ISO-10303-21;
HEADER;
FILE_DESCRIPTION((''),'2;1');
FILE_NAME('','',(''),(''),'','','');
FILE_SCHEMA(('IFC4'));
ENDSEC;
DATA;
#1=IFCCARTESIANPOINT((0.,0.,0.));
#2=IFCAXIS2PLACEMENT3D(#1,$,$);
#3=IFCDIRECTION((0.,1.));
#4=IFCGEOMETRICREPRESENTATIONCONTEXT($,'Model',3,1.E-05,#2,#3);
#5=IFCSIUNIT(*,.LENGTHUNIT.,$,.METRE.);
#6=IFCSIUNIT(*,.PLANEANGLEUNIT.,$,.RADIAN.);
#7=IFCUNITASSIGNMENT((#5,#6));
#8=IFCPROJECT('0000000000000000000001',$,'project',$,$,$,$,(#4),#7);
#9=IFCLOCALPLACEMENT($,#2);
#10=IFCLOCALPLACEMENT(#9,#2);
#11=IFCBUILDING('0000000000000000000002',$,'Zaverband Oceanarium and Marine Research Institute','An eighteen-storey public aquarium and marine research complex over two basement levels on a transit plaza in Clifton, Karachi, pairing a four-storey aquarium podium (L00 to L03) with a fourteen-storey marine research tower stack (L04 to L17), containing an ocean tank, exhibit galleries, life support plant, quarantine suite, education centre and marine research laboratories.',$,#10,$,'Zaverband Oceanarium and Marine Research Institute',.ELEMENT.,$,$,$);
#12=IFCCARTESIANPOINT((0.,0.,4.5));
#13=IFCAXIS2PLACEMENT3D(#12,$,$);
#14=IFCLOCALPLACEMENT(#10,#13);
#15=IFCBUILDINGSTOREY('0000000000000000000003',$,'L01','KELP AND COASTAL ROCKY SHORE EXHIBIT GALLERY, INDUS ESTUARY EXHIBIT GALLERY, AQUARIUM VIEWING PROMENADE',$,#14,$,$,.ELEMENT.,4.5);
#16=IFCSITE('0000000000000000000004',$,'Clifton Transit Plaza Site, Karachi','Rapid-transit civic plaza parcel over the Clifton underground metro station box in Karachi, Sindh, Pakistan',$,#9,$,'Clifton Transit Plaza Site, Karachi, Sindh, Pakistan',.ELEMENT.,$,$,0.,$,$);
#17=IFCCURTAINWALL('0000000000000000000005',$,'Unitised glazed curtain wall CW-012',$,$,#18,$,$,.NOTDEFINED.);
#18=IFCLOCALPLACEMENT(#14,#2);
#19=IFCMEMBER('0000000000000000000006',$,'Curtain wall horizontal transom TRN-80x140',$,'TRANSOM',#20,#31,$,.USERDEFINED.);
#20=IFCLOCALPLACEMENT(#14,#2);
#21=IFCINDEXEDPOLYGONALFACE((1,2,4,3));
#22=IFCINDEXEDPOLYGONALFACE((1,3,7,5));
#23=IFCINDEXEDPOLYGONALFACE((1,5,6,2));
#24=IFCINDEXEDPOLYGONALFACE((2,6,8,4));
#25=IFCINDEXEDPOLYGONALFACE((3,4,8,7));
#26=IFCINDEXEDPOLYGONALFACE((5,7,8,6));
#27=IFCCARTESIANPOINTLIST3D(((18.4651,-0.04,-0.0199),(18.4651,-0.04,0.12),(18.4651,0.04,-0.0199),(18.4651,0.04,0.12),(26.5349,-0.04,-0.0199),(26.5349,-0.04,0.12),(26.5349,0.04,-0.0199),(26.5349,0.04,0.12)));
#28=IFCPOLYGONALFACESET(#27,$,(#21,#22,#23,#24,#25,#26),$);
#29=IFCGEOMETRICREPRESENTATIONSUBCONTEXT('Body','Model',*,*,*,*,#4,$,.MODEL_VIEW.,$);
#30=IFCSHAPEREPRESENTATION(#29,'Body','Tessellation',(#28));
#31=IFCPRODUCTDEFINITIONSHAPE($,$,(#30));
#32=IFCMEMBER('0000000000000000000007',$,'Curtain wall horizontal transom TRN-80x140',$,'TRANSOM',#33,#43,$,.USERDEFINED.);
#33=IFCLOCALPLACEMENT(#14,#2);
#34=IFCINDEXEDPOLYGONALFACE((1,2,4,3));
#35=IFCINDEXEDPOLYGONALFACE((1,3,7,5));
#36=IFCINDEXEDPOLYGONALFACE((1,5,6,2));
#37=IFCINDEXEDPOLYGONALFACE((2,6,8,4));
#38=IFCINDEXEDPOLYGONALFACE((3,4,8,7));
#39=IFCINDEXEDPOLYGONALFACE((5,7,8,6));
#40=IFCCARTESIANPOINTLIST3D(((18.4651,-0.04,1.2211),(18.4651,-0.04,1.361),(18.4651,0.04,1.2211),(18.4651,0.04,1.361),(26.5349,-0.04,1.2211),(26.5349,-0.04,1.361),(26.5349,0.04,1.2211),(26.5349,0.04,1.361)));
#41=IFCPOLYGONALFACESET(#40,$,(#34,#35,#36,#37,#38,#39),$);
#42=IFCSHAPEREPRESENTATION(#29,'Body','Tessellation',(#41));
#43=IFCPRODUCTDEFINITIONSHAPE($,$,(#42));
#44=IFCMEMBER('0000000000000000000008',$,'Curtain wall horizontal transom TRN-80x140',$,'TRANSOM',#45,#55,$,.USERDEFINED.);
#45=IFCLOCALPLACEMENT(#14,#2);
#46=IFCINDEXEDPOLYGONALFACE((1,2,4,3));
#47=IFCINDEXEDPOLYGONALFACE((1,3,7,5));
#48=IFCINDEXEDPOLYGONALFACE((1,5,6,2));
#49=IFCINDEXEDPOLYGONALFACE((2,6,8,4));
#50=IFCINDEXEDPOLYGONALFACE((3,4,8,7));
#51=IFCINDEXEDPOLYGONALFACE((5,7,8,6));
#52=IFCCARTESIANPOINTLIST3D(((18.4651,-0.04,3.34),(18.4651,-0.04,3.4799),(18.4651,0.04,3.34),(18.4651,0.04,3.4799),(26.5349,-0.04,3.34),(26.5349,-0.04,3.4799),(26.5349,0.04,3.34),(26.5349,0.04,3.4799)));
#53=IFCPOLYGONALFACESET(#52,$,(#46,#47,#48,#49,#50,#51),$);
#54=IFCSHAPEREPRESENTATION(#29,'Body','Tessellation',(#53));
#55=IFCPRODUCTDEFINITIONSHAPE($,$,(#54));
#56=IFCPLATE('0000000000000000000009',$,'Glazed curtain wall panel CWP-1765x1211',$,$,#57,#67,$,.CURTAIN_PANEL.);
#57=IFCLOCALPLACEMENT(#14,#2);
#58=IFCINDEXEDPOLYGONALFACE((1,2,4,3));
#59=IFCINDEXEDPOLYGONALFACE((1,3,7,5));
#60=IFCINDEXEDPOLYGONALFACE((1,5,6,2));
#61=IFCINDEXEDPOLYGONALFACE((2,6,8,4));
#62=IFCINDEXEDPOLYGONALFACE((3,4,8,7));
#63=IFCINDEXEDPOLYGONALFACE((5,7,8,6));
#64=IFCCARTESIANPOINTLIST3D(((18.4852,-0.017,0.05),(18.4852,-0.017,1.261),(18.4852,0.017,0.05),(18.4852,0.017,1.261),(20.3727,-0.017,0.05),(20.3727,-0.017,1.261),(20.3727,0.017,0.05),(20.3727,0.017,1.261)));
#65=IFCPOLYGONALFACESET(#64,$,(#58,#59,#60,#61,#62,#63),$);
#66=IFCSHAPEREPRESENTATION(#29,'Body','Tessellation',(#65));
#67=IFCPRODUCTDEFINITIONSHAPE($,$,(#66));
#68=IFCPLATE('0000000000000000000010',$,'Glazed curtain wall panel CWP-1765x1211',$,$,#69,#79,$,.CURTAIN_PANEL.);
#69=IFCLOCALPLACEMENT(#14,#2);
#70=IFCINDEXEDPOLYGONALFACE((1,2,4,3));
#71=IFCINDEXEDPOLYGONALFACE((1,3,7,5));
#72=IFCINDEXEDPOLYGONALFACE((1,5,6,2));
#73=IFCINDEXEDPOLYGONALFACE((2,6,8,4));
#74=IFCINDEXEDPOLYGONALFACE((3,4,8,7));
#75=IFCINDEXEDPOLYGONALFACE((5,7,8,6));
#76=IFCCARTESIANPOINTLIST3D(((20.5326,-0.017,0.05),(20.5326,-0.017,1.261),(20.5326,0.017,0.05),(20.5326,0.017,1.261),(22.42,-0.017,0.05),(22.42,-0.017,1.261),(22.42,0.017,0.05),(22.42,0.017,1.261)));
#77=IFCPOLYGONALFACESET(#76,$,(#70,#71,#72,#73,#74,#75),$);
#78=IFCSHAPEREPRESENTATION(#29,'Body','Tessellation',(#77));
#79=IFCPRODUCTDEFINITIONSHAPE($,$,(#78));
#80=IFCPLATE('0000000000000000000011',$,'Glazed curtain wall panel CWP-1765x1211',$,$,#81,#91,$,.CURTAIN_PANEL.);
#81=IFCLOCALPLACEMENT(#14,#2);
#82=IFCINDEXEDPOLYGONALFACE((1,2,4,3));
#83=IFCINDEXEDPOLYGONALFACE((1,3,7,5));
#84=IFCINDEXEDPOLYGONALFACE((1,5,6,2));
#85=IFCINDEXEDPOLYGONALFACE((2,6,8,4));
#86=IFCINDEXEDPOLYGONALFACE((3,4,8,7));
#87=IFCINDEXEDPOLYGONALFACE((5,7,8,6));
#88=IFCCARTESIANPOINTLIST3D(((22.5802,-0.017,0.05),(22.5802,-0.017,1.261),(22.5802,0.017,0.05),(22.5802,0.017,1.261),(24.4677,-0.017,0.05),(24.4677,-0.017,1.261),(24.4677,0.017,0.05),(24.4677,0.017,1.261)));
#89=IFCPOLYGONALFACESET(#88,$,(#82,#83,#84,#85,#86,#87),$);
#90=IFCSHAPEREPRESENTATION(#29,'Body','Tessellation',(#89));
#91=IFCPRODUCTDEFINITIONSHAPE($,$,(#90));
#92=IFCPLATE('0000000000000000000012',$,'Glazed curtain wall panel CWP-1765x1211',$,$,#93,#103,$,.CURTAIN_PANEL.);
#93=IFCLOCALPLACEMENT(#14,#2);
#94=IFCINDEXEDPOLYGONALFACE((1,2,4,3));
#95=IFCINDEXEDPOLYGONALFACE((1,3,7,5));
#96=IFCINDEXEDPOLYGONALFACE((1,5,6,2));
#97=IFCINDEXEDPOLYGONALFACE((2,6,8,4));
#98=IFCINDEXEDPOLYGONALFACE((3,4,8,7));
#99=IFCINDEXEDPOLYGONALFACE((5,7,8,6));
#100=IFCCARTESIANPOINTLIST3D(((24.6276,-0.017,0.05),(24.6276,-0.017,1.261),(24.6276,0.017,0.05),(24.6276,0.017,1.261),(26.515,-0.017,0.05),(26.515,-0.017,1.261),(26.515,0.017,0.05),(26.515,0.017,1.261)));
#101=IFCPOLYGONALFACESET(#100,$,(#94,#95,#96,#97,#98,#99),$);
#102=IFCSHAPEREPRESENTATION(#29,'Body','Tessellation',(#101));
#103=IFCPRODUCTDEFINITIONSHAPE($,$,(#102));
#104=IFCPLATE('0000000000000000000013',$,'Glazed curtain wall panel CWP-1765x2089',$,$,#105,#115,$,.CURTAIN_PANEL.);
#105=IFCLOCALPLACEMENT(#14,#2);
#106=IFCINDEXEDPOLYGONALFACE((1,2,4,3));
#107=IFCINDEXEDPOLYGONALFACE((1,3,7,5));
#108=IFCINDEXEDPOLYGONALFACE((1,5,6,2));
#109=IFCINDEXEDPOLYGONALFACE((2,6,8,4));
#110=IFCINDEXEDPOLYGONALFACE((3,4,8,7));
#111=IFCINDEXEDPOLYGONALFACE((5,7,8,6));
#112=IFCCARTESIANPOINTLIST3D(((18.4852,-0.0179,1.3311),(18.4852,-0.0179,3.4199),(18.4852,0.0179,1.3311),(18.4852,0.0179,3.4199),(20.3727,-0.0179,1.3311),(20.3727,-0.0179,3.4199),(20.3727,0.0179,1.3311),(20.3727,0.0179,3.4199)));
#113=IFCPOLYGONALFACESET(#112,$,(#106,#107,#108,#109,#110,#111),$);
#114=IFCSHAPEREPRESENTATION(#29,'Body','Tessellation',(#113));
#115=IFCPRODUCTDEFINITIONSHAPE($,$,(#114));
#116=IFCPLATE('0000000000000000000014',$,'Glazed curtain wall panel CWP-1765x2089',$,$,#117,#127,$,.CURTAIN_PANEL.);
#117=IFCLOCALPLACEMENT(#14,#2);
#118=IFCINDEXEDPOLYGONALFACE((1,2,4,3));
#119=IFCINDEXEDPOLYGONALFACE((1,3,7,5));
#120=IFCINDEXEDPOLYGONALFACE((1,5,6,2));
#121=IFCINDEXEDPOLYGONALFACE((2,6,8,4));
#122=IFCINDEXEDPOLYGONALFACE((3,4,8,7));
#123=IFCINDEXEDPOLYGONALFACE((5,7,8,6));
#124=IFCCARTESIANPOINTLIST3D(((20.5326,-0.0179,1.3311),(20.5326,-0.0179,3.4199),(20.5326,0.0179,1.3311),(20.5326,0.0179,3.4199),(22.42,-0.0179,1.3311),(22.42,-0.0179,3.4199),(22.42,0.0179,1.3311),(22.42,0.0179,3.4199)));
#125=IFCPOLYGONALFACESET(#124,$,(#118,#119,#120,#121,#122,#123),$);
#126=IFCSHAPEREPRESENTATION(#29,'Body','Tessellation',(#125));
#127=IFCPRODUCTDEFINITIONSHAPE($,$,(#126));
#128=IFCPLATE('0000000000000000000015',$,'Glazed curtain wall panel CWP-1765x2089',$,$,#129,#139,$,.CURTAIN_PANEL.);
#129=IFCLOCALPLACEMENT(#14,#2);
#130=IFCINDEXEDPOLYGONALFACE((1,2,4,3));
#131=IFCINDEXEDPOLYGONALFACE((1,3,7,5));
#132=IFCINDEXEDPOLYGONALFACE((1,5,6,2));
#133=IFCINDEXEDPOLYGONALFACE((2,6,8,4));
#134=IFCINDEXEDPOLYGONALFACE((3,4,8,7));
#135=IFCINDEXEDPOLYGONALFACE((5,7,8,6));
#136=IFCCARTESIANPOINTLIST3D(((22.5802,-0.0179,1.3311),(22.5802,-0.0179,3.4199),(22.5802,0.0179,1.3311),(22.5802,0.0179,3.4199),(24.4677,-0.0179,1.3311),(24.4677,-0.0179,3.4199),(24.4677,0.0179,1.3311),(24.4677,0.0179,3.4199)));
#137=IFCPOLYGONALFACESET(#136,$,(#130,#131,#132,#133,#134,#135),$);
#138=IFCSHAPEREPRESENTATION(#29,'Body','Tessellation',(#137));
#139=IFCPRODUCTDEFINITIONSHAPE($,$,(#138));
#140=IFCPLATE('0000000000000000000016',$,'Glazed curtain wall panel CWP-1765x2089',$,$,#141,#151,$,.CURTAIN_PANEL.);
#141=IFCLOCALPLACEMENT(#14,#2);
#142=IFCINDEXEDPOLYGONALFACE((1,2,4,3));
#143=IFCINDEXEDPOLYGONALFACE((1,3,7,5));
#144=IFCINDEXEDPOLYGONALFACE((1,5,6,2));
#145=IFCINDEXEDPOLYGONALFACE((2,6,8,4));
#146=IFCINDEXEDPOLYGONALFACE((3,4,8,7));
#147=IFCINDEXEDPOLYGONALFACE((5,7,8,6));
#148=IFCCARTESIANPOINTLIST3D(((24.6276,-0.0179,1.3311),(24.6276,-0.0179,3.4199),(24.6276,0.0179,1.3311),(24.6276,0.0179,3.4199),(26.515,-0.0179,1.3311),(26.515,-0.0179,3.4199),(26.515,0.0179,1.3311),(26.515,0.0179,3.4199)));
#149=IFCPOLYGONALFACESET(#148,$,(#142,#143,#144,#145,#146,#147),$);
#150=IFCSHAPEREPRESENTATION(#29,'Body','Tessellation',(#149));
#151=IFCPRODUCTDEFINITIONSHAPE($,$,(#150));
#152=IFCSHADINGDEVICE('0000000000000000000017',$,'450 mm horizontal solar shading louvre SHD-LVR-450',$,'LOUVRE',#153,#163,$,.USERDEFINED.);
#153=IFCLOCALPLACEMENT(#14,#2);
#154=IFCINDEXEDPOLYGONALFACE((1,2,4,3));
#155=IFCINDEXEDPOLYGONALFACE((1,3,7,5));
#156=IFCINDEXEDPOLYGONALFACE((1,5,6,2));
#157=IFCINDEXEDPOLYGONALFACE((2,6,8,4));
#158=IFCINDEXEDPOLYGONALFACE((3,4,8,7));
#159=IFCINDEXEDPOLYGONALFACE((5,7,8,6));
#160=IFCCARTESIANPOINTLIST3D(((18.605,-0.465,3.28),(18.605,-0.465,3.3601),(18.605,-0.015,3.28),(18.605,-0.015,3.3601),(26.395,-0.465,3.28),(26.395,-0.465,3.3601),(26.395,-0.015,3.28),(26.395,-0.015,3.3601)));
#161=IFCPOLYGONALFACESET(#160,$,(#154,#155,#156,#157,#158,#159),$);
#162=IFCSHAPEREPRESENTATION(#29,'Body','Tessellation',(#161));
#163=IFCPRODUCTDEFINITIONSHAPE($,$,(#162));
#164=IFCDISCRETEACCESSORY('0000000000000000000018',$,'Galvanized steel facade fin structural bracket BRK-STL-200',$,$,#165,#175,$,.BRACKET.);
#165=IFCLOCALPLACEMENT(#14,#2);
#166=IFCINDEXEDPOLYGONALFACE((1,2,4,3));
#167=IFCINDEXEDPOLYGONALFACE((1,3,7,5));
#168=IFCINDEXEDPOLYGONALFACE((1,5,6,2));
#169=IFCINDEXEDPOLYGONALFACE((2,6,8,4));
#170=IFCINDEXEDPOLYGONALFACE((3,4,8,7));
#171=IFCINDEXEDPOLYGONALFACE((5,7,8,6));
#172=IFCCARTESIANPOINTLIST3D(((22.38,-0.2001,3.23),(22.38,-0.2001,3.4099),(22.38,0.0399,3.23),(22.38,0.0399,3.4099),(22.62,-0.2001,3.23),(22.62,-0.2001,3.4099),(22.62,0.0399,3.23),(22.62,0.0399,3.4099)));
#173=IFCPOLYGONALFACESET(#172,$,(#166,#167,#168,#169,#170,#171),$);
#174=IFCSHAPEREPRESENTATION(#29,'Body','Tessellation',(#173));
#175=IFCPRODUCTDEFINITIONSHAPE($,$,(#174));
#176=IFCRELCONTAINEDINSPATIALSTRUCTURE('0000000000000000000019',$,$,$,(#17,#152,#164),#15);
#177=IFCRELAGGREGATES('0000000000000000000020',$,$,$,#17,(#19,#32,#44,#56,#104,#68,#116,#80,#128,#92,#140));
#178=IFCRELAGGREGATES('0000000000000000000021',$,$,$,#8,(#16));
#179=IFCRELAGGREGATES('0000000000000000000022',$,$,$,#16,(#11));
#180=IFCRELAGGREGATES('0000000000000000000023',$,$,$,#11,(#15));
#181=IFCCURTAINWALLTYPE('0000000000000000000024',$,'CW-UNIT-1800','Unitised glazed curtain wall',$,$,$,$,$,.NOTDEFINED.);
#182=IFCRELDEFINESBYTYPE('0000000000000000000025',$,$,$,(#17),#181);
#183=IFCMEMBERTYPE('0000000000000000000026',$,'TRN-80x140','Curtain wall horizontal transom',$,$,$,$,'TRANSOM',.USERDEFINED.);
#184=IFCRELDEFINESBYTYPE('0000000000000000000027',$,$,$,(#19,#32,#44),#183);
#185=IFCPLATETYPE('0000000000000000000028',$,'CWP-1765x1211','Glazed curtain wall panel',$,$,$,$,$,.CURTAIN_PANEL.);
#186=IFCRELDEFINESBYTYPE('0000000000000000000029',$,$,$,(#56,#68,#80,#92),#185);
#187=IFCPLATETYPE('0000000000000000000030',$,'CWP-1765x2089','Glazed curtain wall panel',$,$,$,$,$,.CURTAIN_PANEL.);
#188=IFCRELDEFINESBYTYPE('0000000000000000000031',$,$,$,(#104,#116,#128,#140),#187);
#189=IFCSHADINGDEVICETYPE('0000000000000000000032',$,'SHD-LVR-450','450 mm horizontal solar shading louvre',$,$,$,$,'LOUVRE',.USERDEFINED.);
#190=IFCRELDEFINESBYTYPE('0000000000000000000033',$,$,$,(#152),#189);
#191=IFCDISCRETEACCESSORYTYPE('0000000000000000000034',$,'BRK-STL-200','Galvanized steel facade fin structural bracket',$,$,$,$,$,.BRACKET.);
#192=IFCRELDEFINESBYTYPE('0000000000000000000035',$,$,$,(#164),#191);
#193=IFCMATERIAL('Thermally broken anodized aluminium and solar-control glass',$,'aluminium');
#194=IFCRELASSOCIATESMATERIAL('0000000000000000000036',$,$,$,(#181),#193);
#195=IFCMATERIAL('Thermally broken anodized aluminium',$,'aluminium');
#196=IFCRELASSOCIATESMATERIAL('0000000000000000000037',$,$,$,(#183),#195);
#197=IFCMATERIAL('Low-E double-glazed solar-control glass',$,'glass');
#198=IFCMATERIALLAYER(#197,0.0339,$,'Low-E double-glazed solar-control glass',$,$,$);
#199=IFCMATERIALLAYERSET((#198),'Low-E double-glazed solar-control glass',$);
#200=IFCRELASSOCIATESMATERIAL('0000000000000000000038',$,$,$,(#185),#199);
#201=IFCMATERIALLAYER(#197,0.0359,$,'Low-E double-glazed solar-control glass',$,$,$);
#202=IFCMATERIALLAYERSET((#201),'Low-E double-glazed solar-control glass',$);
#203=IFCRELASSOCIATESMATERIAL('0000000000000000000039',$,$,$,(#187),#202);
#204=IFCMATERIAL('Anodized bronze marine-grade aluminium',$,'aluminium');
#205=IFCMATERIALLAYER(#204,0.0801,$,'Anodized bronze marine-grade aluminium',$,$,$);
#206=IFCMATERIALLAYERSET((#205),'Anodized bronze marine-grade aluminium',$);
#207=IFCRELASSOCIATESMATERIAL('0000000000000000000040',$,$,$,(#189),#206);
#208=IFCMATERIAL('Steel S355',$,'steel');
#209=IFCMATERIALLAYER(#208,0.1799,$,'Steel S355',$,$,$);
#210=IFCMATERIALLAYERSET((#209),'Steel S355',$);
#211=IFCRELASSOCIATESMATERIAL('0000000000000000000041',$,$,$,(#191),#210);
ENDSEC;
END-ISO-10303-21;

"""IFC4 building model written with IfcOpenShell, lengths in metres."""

from ifc_helpers import new_model, si_unit, direction, frame, frame_2d, origin, origin_2d, place, context, subcontext, project, spatial, rectangle, extrude, material, layer, layer_set, material_profile, profile_set, type_object, element, aggregate, save


model = new_model("IFC4")

# Units and contexts
model_context = context("Model", 3, precision=1e-05, world=origin(), true_north=direction((0.0, 1.0)))
body_context = subcontext(model_context, "Body", "Model", "MODEL_VIEW")
ifc_project = project(units=[si_unit("LENGTHUNIT", "METRE"), si_unit("PLANEANGLEUNIT", "RADIAN")], contexts=[model_context])

# Site, building, storey
site_placement = place(None, origin())
site = spatial("IfcSite", under=ifc_project, at=site_placement, Name="Clifton Transit Plaza Site, Karachi", Description="Rapid-transit civic plaza parcel over the Clifton underground metro station box in Karachi, Sindh, Pakistan", LongName="Clifton Transit Plaza Site, Karachi, Sindh, Pakistan", CompositionType="ELEMENT", RefElevation=0.0)
building_placement = place(site_placement, origin())
building = spatial("IfcBuilding", under=site, at=building_placement, Name="Zaverband Oceanarium and Marine Research Institute", Description="An eighteen-storey public aquarium and marine research complex over two basement levels on a transit plaza in Clifton, Karachi, pairing a four-storey aquarium podium (L00 to L03) with a fourteen-storey marine research tower stack (L04 to L17), containing an ocean tank, exhibit galleries, life support plant, quarantine suite, education centre and marine research laboratories.", LongName="Zaverband Oceanarium and Marine Research Institute", CompositionType="ELEMENT")
storey_placement = place(building_placement, frame((0.0, 0.0, 4.5)))
storey = spatial("IfcBuildingStorey", under=building, at=storey_placement, Name="L01", Description="KELP AND COASTAL ROCKY SHORE EXHIBIT GALLERY, INDUS ESTUARY EXHIBIT GALLERY, AQUARIUM VIEWING PROMENADE", CompositionType="ELEMENT", Elevation=4.5)

# Curtain wall
ifc_material_1 = material(Name="Thermally broken anodized aluminium and solar-control glass", Category="aluminium")
curtain_wall_type = type_object("IfcCurtainWallType", Name="CW-UNIT-1800", Description="Unitised glazed curtain wall", PredefinedType="NOTDEFINED", material=ifc_material_1)
curtain_wall_placement = place(storey_placement, origin())
curtain_wall = element("IfcCurtainWall", 1, at=curtain_wall_placement, inside=storey, type_object=curtain_wall_type, Name="Unitised glazed curtain wall CW-012", PredefinedType="NOTDEFINED")
ifc_material_2 = material(Name="Thermally broken anodized aluminium", Category="aluminium")

# Members
ifc_material_profile_1 = material_profile(ifc_material_2, rectangle(XDim=0.0801, YDim=0.1399, at=origin_2d()), Name="AL-TRN-80x140")
ifc_profile_set_1 = profile_set([ifc_material_profile_1], Name="Thermally broken anodized aluminium")
member_type_1 = type_object("IfcMemberType", Name="TRN-80x140", Description="Curtain wall horizontal transom", ElementType="TRANSOM", PredefinedType="USERDEFINED", material=ifc_profile_set_1)
member_1_placement = place(storey_placement, frame((18.4651, 0.0, 0.05), z_axis=(1.0, 0.0, 0.0), x_axis=(0.0, 1.0, 0.0)))
member_1 = element("IfcMember", 2, at=member_1_placement, type_object=member_type_1, Name="Curtain wall horizontal transom TRN-80x140", ObjectType="TRANSOM", PredefinedType="USERDEFINED", context=body_context, shape_type="SweptSolid", body=[
    extrude(rectangle(XDim=0.0801, YDim=0.1399, at=origin_2d()), origin(), (0.0, 0.0, 1.0), 8.0698),
])
member_2_placement = place(storey_placement, frame((18.4651, 0.0, 1.291), z_axis=(1.0, 0.0, 0.0), x_axis=(0.0, 1.0, 0.0)))
member_2 = element("IfcMember", 3, at=member_2_placement, type_object=member_type_1, Name="Curtain wall horizontal transom TRN-80x140", ObjectType="TRANSOM", PredefinedType="USERDEFINED", context=body_context, shape_type="SweptSolid", body=[
    extrude(rectangle(XDim=0.0801, YDim=0.1399, at=origin_2d()), origin(), (0.0, 0.0, 1.0), 8.0698),
])
member_3_placement = place(storey_placement, frame((18.4651, 0.0, 3.4099), z_axis=(1.0, 0.0, 0.0), x_axis=(0.0, 1.0, 0.0)))
member_3 = element("IfcMember", 4, at=member_3_placement, type_object=member_type_1, Name="Curtain wall horizontal transom TRN-80x140", ObjectType="TRANSOM", PredefinedType="USERDEFINED", context=body_context, shape_type="SweptSolid", body=[
    extrude(rectangle(XDim=0.0801, YDim=0.1399, at=origin_2d()), origin(), (0.0, 0.0, 1.0), 8.0698),
])

# Plates
ifc_material_3 = material(Name="Low-E double-glazed solar-control glass", Category="glass")
ifc_layer_1 = layer(ifc_material_3, 0.0339, Name="Low-E double-glazed solar-control glass")
ifc_layer_set_1 = layer_set([ifc_layer_1], Name="Low-E double-glazed solar-control glass")
plate_type_1 = type_object("IfcPlateType", Name="CWP-1765x1211", Description="Glazed curtain wall panel", PredefinedType="CURTAIN_PANEL", material=ifc_layer_set_1)
plate_1_placement = place(storey_placement, frame((18.4851, 0.0, 0.05), z_axis=(0.0, 0.0, 1.0), x_axis=(1.0, 0.0, 0.0)))
plate_1 = element("IfcPlate", 5, at=plate_1_placement, type_object=plate_type_1, Name="Glazed curtain wall panel CWP-1765x1211", PredefinedType="CURTAIN_PANEL", context=body_context, shape_type="SweptSolid", body=[
    extrude(rectangle(XDim=1.8875, YDim=0.0339, at=frame_2d((0.9438, 0.0))), origin(), (0.0, 0.0, 1.0), 1.2109),
])
plate_2_placement = place(storey_placement, frame((20.5325, 0.0, 0.05), z_axis=(0.0, 0.0, 1.0), x_axis=(1.0, 0.0, 0.0)))
plate_2 = element("IfcPlate", 6, at=plate_2_placement, type_object=plate_type_1, Name="Glazed curtain wall panel CWP-1765x1211", PredefinedType="CURTAIN_PANEL", context=body_context, shape_type="SweptSolid", body=[
    extrude(rectangle(XDim=1.8875, YDim=0.0339, at=frame_2d((0.9438, 0.0))), origin(), (0.0, 0.0, 1.0), 1.2109),
])
plate_3_placement = place(storey_placement, frame((22.5801, 0.0, 0.05), z_axis=(0.0, 0.0, 1.0), x_axis=(1.0, 0.0, 0.0)))
plate_3 = element("IfcPlate", 7, at=plate_3_placement, type_object=plate_type_1, Name="Glazed curtain wall panel CWP-1765x1211", PredefinedType="CURTAIN_PANEL", context=body_context, shape_type="SweptSolid", body=[
    extrude(rectangle(XDim=1.8875, YDim=0.0339, at=frame_2d((0.9438, 0.0))), origin(), (0.0, 0.0, 1.0), 1.2109),
])
plate_4_placement = place(storey_placement, frame((24.6274, 0.0, 0.05), z_axis=(0.0, 0.0, 1.0), x_axis=(1.0, 0.0, 0.0)))
plate_4 = element("IfcPlate", 8, at=plate_4_placement, type_object=plate_type_1, Name="Glazed curtain wall panel CWP-1765x1211", PredefinedType="CURTAIN_PANEL", context=body_context, shape_type="SweptSolid", body=[
    extrude(rectangle(XDim=1.8875, YDim=0.0339, at=frame_2d((0.9438, 0.0))), origin(), (0.0, 0.0, 1.0), 1.2109),
])
ifc_layer_2 = layer(ifc_material_3, 0.0359, Name="Low-E double-glazed solar-control glass")
ifc_layer_set_2 = layer_set([ifc_layer_2], Name="Low-E double-glazed solar-control glass")
plate_type_2 = type_object("IfcPlateType", Name="CWP-1765x2089", Description="Glazed curtain wall panel", PredefinedType="CURTAIN_PANEL", material=ifc_layer_set_2)
plate_5_placement = place(storey_placement, frame((18.4851, 0.0, 1.3311), z_axis=(0.0, 0.0, 1.0), x_axis=(1.0, 0.0, 0.0)))
plate_5 = element("IfcPlate", 9, at=plate_5_placement, type_object=plate_type_2, Name="Glazed curtain wall panel CWP-1765x2089", PredefinedType="CURTAIN_PANEL", context=body_context, shape_type="SweptSolid", body=[
    extrude(rectangle(XDim=1.8875, YDim=0.0359, at=frame_2d((0.9438, 0.0))), origin(), (0.0, 0.0, 1.0), 2.0889),
])
plate_6_placement = place(storey_placement, frame((20.5325, 0.0, 1.3311), z_axis=(0.0, 0.0, 1.0), x_axis=(1.0, 0.0, 0.0)))
plate_6 = element("IfcPlate", 10, at=plate_6_placement, type_object=plate_type_2, Name="Glazed curtain wall panel CWP-1765x2089", PredefinedType="CURTAIN_PANEL", context=body_context, shape_type="SweptSolid", body=[
    extrude(rectangle(XDim=1.8875, YDim=0.0359, at=frame_2d((0.9438, 0.0))), origin(), (0.0, 0.0, 1.0), 2.0889),
])
plate_7_placement = place(storey_placement, frame((22.5801, 0.0, 1.3311), z_axis=(0.0, 0.0, 1.0), x_axis=(1.0, 0.0, 0.0)))
plate_7 = element("IfcPlate", 11, at=plate_7_placement, type_object=plate_type_2, Name="Glazed curtain wall panel CWP-1765x2089", PredefinedType="CURTAIN_PANEL", context=body_context, shape_type="SweptSolid", body=[
    extrude(rectangle(XDim=1.8875, YDim=0.0359, at=frame_2d((0.9438, 0.0))), origin(), (0.0, 0.0, 1.0), 2.0889),
])
plate_8_placement = place(storey_placement, frame((24.6274, 0.0, 1.3311), z_axis=(0.0, 0.0, 1.0), x_axis=(1.0, 0.0, 0.0)))
plate_8 = element("IfcPlate", 12, at=plate_8_placement, type_object=plate_type_2, Name="Glazed curtain wall panel CWP-1765x2089", PredefinedType="CURTAIN_PANEL", context=body_context, shape_type="SweptSolid", body=[
    extrude(rectangle(XDim=1.8875, YDim=0.0359, at=frame_2d((0.9438, 0.0))), origin(), (0.0, 0.0, 1.0), 2.0889),
])
aggregate(curtain_wall, [member_1, member_2, member_3, plate_1, plate_5, plate_2, plate_6, plate_3, plate_7, plate_4, plate_8])

# Shading device
ifc_material_4 = material(Name="Anodized bronze marine-grade aluminium", Category="aluminium")
ifc_layer_3 = layer(ifc_material_4, 0.0801, Name="Anodized bronze marine-grade aluminium")
ifc_layer_set_3 = layer_set([ifc_layer_3], Name="Anodized bronze marine-grade aluminium")
shading_device_type = type_object("IfcShadingDeviceType", Name="SHD-LVR-450", Description="450 mm horizontal solar shading louvre", ElementType="LOUVRE", PredefinedType="USERDEFINED", material=ifc_layer_set_3)
shading_device_placement = place(storey_placement, frame((18.605, -0.24, 3.28), z_axis=(0.0, 0.0, 1.0), x_axis=(1.0, 0.0, 0.0)))
element("IfcShadingDevice", 13, at=shading_device_placement, inside=storey, type_object=shading_device_type, Name="450 mm horizontal solar shading louvre SHD-LVR-450", ObjectType="LOUVRE", PredefinedType="USERDEFINED", context=body_context, shape_type="SweptSolid", body=[
    extrude(rectangle(XDim=7.79, YDim=0.45, at=frame_2d((3.895, 0.0))), origin(), (0.0, 0.0, 1.0), 0.0801),
])

# Discrete accessory
ifc_material_5 = material(Name="Steel S355", Category="steel")
ifc_layer_4 = layer(ifc_material_5, 0.1799, Name="Steel S355")
ifc_layer_set_4 = layer_set([ifc_layer_4], Name="Steel S355")
discrete_accessory_type = type_object("IfcDiscreteAccessoryType", Name="BRK-STL-200", Description="Galvanized steel facade fin structural bracket", PredefinedType="BRACKET", material=ifc_layer_set_4)
discrete_accessory_placement = place(storey_placement, frame((22.5, -0.0801, 3.23), z_axis=(0.0, 0.0, 1.0), x_axis=(1.0, 0.0, 0.0)))
element("IfcDiscreteAccessory", 14, at=discrete_accessory_placement, inside=storey, type_object=discrete_accessory_type, Name="Galvanized steel facade fin structural bracket BRK-STL-200", PredefinedType="BRACKET", context=body_context, shape_type="SweptSolid", body=[
    extrude(rectangle(XDim=0.24, YDim=0.24, at=origin_2d()), origin(), (0.0, 0.0, 1.0), 0.1799),
])

save(model, "model.ifc")
